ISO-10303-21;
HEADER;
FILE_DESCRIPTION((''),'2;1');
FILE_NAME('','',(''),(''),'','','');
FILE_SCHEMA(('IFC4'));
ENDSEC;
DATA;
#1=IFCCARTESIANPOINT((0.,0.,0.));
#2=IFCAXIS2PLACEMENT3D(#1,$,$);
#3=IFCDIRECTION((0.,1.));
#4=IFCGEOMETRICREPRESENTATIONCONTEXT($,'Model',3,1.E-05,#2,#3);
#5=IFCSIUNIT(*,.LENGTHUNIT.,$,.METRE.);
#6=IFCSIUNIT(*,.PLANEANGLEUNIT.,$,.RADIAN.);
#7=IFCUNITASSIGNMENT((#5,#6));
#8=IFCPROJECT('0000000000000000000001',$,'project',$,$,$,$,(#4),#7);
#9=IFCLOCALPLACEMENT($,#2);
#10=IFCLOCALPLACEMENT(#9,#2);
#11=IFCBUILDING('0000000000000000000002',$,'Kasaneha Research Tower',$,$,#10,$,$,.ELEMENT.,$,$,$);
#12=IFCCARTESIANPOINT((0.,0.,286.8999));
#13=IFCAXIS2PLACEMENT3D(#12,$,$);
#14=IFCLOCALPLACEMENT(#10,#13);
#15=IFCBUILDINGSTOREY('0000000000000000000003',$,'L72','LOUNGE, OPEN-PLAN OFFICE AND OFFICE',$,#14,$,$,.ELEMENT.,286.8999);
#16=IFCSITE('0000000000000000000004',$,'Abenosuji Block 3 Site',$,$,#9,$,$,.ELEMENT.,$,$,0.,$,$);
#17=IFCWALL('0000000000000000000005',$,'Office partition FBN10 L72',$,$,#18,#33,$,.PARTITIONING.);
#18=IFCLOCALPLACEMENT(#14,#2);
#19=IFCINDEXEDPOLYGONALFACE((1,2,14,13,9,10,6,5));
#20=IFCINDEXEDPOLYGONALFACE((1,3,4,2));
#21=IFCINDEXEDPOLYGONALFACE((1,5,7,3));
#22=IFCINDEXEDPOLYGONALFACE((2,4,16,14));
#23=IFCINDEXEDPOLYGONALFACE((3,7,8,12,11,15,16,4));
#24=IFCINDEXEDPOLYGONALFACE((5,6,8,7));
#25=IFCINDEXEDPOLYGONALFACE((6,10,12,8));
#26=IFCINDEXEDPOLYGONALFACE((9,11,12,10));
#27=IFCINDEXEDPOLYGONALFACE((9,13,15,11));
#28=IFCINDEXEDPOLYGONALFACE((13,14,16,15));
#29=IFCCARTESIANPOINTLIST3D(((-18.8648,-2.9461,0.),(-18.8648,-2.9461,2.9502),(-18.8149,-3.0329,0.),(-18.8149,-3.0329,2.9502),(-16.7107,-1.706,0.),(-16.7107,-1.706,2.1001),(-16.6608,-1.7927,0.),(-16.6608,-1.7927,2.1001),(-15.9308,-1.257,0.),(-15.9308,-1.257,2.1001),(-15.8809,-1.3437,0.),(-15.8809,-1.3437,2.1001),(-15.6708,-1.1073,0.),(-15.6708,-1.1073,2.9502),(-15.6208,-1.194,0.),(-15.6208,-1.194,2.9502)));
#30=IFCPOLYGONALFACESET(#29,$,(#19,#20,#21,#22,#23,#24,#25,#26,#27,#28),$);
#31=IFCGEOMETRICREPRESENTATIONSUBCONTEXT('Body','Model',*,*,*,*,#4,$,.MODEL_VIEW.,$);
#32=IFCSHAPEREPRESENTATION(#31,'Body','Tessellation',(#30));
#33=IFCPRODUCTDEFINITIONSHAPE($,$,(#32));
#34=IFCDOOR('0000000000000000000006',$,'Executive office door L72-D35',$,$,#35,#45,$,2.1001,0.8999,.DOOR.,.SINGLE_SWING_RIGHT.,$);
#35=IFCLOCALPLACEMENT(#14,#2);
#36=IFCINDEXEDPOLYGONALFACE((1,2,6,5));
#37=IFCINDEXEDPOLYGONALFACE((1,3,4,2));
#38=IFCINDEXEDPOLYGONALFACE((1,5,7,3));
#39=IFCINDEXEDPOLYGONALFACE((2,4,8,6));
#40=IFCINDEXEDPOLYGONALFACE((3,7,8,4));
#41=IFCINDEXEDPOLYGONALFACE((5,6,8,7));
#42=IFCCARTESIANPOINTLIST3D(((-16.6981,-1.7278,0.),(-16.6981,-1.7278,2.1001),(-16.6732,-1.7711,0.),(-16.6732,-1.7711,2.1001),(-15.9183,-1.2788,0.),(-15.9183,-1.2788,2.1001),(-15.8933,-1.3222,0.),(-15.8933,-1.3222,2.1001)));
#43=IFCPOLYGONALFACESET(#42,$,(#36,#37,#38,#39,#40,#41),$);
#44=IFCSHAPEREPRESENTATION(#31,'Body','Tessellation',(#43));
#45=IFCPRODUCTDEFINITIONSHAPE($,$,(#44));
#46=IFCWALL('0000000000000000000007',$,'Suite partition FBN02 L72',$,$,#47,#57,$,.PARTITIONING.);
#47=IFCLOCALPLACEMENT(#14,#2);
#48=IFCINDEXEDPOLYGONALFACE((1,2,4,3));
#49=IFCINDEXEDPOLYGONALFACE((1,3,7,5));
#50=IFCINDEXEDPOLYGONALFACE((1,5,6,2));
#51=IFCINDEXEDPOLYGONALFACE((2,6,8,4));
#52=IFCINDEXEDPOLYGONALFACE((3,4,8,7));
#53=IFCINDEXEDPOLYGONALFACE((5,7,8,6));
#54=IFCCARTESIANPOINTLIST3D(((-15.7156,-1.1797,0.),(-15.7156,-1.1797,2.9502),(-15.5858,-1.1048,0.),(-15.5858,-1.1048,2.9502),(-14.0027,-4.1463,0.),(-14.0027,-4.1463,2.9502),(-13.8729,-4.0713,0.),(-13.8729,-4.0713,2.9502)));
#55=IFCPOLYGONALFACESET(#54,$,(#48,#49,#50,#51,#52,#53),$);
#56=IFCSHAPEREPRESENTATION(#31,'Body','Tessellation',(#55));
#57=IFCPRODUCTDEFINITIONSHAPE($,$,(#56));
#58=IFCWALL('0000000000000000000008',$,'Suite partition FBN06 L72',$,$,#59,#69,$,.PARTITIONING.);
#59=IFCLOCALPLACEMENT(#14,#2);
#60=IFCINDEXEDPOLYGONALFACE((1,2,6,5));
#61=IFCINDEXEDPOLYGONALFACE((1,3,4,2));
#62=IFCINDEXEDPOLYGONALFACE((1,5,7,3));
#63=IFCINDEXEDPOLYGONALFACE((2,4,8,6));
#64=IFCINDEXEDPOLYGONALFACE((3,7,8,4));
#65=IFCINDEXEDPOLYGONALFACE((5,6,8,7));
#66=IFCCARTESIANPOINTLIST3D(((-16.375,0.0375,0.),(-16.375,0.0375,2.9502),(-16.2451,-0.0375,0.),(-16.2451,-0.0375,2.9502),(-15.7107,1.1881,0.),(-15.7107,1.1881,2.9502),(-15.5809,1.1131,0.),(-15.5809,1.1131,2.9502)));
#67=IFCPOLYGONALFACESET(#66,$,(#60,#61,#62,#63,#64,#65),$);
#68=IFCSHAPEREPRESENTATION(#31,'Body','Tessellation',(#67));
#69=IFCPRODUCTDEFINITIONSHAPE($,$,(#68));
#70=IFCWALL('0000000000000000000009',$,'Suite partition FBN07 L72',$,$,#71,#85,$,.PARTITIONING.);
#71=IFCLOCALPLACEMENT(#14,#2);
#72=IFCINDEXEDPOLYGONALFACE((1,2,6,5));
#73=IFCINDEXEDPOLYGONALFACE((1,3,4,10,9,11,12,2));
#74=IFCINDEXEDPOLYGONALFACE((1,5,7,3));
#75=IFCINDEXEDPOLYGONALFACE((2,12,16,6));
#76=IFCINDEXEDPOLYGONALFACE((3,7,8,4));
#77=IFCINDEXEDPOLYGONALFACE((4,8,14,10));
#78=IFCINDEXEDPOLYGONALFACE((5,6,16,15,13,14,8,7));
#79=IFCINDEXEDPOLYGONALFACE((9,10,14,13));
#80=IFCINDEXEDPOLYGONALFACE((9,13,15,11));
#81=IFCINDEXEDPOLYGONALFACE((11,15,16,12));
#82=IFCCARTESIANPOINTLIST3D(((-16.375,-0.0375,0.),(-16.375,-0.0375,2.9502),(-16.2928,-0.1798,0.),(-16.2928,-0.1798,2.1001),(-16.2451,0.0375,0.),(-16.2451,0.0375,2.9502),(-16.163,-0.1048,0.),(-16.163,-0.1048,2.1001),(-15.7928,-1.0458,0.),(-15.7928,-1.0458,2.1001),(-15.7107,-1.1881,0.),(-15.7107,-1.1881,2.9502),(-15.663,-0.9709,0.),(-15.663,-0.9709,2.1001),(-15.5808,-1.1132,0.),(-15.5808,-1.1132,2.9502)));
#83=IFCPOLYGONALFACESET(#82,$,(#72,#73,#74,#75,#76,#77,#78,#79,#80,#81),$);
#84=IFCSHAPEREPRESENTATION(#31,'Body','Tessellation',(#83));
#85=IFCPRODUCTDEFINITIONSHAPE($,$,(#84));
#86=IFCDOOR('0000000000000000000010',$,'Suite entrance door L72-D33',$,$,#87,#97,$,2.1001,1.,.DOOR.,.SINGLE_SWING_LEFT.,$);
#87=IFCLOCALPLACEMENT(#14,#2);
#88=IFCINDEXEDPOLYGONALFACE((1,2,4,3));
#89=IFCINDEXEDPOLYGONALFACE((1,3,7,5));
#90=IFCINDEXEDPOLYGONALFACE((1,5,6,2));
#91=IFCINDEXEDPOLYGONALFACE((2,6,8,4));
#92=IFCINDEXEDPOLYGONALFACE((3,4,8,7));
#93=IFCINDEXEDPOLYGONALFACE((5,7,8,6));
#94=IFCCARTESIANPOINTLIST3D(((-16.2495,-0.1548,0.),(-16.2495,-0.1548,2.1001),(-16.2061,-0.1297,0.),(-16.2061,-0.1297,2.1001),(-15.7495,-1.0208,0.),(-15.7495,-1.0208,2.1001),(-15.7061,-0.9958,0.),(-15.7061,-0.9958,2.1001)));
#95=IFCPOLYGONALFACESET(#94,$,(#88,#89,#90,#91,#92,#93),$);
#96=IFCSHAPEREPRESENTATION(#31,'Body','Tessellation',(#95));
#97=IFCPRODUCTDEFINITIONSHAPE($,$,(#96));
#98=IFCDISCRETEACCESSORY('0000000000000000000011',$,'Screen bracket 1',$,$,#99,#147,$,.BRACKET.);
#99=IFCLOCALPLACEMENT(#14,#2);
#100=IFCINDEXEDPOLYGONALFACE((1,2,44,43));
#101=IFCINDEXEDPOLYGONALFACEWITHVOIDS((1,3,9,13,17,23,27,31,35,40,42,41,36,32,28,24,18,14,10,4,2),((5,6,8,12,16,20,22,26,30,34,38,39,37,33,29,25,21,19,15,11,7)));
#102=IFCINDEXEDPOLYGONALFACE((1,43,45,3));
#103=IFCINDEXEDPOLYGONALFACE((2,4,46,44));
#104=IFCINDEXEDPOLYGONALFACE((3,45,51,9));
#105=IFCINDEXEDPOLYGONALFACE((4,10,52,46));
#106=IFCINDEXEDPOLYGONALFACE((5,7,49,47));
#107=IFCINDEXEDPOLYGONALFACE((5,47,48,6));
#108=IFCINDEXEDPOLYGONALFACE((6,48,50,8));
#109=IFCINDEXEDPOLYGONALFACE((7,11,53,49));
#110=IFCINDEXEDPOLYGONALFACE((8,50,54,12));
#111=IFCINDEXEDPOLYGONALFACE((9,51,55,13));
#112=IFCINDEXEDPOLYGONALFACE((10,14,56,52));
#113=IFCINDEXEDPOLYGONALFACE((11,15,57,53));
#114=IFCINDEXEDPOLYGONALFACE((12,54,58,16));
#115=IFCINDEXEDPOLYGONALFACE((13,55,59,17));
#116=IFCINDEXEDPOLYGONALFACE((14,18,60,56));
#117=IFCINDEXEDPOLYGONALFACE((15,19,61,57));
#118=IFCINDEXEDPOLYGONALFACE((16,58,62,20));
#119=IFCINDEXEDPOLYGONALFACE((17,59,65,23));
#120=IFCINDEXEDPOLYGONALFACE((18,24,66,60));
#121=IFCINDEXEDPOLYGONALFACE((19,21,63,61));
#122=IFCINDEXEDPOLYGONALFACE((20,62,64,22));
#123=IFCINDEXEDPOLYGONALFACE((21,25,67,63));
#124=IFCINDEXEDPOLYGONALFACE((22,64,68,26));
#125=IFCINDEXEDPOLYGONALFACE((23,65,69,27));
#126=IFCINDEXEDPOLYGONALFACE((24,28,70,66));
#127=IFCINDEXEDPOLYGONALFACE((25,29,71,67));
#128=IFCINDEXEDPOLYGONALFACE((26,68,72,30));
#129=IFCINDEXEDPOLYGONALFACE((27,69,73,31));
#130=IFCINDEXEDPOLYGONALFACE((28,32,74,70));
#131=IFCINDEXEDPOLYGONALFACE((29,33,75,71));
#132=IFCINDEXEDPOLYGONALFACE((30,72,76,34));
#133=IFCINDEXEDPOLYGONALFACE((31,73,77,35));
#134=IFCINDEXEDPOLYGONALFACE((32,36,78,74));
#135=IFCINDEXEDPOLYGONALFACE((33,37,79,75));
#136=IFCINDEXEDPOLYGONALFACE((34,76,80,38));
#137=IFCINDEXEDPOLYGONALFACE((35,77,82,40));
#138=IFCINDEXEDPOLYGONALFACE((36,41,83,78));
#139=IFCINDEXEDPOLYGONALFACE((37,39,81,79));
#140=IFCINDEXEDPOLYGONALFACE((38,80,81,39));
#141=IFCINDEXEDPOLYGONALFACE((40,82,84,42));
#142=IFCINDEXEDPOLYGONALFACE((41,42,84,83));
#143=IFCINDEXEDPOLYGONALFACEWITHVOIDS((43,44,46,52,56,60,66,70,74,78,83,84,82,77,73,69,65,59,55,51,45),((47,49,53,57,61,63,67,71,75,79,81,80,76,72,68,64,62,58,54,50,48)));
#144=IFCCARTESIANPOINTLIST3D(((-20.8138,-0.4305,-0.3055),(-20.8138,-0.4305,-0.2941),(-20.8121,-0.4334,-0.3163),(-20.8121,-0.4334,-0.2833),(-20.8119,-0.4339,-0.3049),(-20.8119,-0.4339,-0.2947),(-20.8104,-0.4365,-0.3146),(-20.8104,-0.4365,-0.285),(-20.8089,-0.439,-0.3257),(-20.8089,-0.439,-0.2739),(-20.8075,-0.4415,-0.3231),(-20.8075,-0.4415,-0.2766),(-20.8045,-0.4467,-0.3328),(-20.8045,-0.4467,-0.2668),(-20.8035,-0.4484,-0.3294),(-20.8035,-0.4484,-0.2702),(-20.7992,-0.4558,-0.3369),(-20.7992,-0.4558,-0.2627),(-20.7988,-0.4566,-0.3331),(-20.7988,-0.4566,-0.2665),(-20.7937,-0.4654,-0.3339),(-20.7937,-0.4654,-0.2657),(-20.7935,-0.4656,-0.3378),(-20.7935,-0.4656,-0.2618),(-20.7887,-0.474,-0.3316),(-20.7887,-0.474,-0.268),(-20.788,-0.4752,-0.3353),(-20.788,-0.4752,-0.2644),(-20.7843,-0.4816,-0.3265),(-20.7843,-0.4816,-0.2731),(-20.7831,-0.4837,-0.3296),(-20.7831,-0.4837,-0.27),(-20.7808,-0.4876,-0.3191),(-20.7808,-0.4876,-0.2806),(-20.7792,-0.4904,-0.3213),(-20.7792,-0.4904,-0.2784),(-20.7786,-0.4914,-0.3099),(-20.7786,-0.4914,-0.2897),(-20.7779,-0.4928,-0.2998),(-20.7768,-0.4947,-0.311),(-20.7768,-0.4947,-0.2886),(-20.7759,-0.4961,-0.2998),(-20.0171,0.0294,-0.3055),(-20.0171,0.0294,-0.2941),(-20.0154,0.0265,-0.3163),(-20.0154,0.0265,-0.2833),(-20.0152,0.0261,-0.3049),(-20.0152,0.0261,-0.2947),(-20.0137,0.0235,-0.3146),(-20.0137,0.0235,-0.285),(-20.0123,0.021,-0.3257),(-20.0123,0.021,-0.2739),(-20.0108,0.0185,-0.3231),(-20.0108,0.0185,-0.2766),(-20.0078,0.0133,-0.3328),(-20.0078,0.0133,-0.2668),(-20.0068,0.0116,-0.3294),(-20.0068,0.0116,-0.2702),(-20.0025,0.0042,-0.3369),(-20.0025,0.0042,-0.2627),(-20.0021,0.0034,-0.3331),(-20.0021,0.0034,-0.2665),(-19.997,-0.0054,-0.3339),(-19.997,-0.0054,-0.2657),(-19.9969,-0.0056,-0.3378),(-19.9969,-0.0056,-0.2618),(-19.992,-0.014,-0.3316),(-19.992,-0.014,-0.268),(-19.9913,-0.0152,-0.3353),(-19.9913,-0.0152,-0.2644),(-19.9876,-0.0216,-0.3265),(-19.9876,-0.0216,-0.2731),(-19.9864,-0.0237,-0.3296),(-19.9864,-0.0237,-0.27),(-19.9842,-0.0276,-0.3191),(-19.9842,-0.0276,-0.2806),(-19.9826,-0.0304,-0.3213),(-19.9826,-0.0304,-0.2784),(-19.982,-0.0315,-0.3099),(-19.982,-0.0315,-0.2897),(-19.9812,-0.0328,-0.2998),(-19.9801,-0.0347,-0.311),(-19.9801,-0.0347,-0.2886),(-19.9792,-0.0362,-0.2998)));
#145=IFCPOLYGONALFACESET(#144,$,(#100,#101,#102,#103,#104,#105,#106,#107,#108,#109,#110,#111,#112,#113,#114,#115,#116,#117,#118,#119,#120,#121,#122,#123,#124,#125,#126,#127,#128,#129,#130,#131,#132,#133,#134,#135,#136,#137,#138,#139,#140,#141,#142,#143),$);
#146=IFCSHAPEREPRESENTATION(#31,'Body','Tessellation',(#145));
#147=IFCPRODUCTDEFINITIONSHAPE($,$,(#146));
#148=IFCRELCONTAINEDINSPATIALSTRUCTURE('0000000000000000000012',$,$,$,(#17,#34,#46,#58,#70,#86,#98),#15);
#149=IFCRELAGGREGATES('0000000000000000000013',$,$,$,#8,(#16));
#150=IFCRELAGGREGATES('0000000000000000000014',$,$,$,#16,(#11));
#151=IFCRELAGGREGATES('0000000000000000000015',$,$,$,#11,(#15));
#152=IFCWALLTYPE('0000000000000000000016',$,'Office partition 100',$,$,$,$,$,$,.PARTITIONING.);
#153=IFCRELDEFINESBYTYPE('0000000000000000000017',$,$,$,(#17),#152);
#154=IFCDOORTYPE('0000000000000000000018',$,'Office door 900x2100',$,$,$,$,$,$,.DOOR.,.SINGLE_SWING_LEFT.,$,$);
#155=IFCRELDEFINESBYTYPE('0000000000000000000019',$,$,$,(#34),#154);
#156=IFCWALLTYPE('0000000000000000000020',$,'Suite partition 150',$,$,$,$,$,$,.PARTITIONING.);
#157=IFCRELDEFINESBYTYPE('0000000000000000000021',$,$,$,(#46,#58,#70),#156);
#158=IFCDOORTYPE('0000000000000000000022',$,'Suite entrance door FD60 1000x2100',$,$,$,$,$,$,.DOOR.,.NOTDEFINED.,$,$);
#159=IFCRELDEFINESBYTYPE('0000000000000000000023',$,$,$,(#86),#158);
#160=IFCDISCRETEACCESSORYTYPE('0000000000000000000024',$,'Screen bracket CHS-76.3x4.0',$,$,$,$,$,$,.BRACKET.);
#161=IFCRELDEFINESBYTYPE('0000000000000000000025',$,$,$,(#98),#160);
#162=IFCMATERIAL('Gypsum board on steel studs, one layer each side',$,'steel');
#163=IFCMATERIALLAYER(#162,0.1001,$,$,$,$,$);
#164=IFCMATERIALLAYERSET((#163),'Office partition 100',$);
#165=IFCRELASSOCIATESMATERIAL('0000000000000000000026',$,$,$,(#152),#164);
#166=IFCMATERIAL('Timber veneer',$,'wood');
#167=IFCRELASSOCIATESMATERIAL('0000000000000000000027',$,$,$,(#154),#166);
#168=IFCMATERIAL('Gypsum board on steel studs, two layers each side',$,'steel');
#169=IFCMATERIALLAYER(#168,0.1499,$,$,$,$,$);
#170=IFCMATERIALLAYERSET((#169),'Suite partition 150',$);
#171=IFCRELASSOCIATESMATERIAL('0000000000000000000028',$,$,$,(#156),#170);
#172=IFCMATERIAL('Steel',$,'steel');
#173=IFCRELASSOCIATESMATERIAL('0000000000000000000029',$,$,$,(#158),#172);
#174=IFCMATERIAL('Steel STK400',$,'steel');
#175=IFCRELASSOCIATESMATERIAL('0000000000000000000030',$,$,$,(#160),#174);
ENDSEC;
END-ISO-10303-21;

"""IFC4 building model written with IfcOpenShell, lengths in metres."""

from ifc_helpers import new_model, si_unit, direction, frame, frame_2d, origin, origin_2d, place, context, subcontext, project, spatial, rectangle, hollow_circle, extrude, material, layer, layer_set, material_profile, profile_set, type_object, element, fill, save


model = new_model("IFC4")

# Units and contexts
model_context = context("Model", 3, precision=1e-05, world=origin(), true_north=direction((0.0, 1.0)))
body_context = subcontext(model_context, "Body", "Model", "MODEL_VIEW")
ifc_project = project(units=[si_unit("LENGTHUNIT", "METRE"), si_unit("PLANEANGLEUNIT", "RADIAN")], contexts=[model_context])

# Site, building, storey
site_placement = place(None, origin())
site = spatial("IfcSite", under=ifc_project, at=site_placement, Name="Abenosuji Block 3 Site", CompositionType="ELEMENT", RefElevation=0.0)
building_placement = place(site_placement, origin())
building = spatial("IfcBuilding", under=site, at=building_placement, Name="Kasaneha Research Tower", CompositionType="ELEMENT")
storey_placement = place(building_placement, frame((0.0, 0.0, 286.8999)))
storey = spatial("IfcBuildingStorey", under=building, at=storey_placement, Name="L72", Description="LOUNGE, OPEN-PLAN OFFICE AND OFFICE", CompositionType="ELEMENT", Elevation=286.8999)

# Shared definitions
ifc_material_1 = material(Name="Gypsum board on steel studs, one layer each side", Category="steel")
ifc_layer_1 = layer(ifc_material_1, 0.1001)
ifc_layer_set_1 = layer_set([ifc_layer_1], Name="Office partition 100")
wall_type_1 = type_object("IfcWallType", Name="Office partition 100", PredefinedType="PARTITIONING", material=ifc_layer_set_1)

# Wall, opening, door
wall_1_placement = place(storey_placement, frame((-18.8398, -2.9895, 0.0), z_axis=(0.0, 0.0, 1.0), x_axis=(0.866641, 0.498933, 0.0)))
wall_1 = element("IfcWall", 1, at=wall_1_placement, inside=storey, type_object=wall_type_1, Name="Office partition FBN10 L72", PredefinedType="PARTITIONING", context=body_context, shape_type="SweptSolid", body=[
    extrude(rectangle(XDim=3.6855, YDim=0.1001, at=frame_2d((1.8428, 0.0))), origin(), (0.0, 0.0, 1.0), 2.9502),
])
opening_1_placement = place(wall_1_placement, frame((2.4856, 0.0, 0.0)))
opening_1 = element("IfcOpeningElement", 2, at=opening_1_placement, cuts=wall_1, PredefinedType="OPENING", context=body_context, shape_type="SweptSolid", body=[
    extrude(rectangle(XDim=0.8999, YDim=2.1001, at=frame_2d((0.45, 1.05))), frame((0.0, 0.0601, 0.0), z_axis=(0.0, -1.0, 0.0), x_axis=(1.0, 0.0, 0.0)), (0.0, 0.0, 1.0), 0.1201),
])
ifc_material_2 = material(Name="Timber veneer", Category="wood")
door_type_1 = type_object("IfcDoorType", Name="Office door 900x2100", OperationType="SINGLE_SWING_LEFT", PredefinedType="DOOR", material=ifc_material_2)
door_1_placement = place(opening_1_placement, origin())
door_1 = element("IfcDoor", 3, at=door_1_placement, inside=storey, type_object=door_type_1, Name="Executive office door L72-D35", OperationType="SINGLE_SWING_RIGHT", OverallHeight=2.1001, OverallWidth=0.8999, PredefinedType="DOOR", context=body_context, shape_type="SweptSolid", body=[
    extrude(rectangle(XDim=0.8999, YDim=2.1001, at=frame_2d((0.45, 1.05))), frame((0.0, 0.0249, 0.0), z_axis=(0.0, -1.0, 0.0), x_axis=(1.0, 0.0, 0.0)), (0.0, 0.0, 1.0), 0.05),
])
fill(opening_1, door_1)

# Walls
ifc_material_3 = material(Name="Gypsum board on steel studs, two layers each side", Category="steel")
ifc_layer_2 = layer(ifc_material_3, 0.1499)
ifc_layer_set_2 = layer_set([ifc_layer_2], Name="Suite partition 150")
wall_type_2 = type_object("IfcWallType", Name="Suite partition 150", PredefinedType="PARTITIONING", material=ifc_layer_set_2)
wall_2_placement = place(storey_placement, frame((-13.9377, -4.1089, 0.0), z_axis=(0.0, 0.0, 1.0), x_axis=(-0.500033, 0.866006, 0.0)))
element("IfcWall", 4, at=wall_2_placement, inside=storey, type_object=wall_type_2, Name="Suite partition FBN02 L72", PredefinedType="PARTITIONING", context=body_context, shape_type="SweptSolid", body=[
    extrude(rectangle(XDim=3.4255, YDim=0.1499, at=frame_2d((1.7129, 0.0))), origin(), (0.0, 0.0, 1.0), 2.9502),
])
wall_3_placement = place(storey_placement, frame((-16.3101, 0.0, 0.0), z_axis=(0.0, 0.0, 1.0), x_axis=(0.499993, 0.86603, 0.0)))
element("IfcWall", 5, at=wall_3_placement, inside=storey, type_object=wall_type_2, Name="Suite partition FBN06 L72", PredefinedType="PARTITIONING", context=body_context, shape_type="SweptSolid", body=[
    extrude(rectangle(XDim=1.3286, YDim=0.1499, at=frame_2d((0.6643, 0.0))), origin(), (0.0, 0.0, 1.0), 2.9502),
])

# Wall, opening, door
wall_4_placement = place(storey_placement, frame((-15.6458, -1.1506, 0.0), z_axis=(0.0, 0.0, 1.0), x_axis=(-0.499993, 0.86603, 0.0)))
wall_4 = element("IfcWall", 6, at=wall_4_placement, inside=storey, type_object=wall_type_2, Name="Suite partition FBN07 L72", PredefinedType="PARTITIONING", context=body_context, shape_type="SweptSolid", body=[
    extrude(rectangle(XDim=1.3286, YDim=0.1499, at=frame_2d((0.6643, 0.0))), origin(), (0.0, 0.0, 1.0), 2.9502),
])
opening_2_placement = place(wall_4_placement, frame((0.1643, 0.0, 0.0)))
opening_2 = element("IfcOpeningElement", 7, at=opening_2_placement, cuts=wall_4, PredefinedType="OPENING", context=body_context, shape_type="SweptSolid", body=[
    extrude(rectangle(XDim=1.0, YDim=2.1001, at=frame_2d((0.5, 1.05))), frame((0.0, 0.085, 0.0), z_axis=(0.0, -1.0, 0.0), x_axis=(1.0, 0.0, 0.0)), (0.0, 0.0, 1.0), 0.1699),
])
ifc_material_4 = material(Name="Steel", Category="steel")
door_type_2 = type_object("IfcDoorType", Name="Suite entrance door FD60 1000x2100", OperationType="NOTDEFINED", PredefinedType="DOOR", material=ifc_material_4)
door_2_placement = place(opening_2_placement, origin())
door_2 = element("IfcDoor", 8, at=door_2_placement, inside=storey, type_object=door_type_2, Name="Suite entrance door L72-D33", OperationType="SINGLE_SWING_LEFT", OverallHeight=2.1001, OverallWidth=1.0, PredefinedType="DOOR", context=body_context, shape_type="SweptSolid", body=[
    extrude(rectangle(XDim=1.0, YDim=2.1001, at=frame_2d((0.5, 1.05))), frame((0.0, 0.0249, 0.0), z_axis=(0.0, -1.0, 0.0), x_axis=(1.0, 0.0, 0.0)), (0.0, 0.0, 1.0), 0.05),
])
fill(opening_2, door_2)

# Discrete accessory
ifc_material_5 = material(Name="Steel STK400", Category="steel")
ifc_material_profile_1 = material_profile(ifc_material_5, hollow_circle(Radius=0.0381, WallThickness=0.0039, at=origin_2d()), Name="CHS-76.3x4.0")
ifc_profile_set_1 = profile_set([ifc_material_profile_1], Name="Steel STK400")
discrete_accessory_type = type_object("IfcDiscreteAccessoryType", Name="Screen bracket CHS-76.3x4.0", PredefinedType="BRACKET", material=ifc_profile_set_1)
discrete_accessory_placement = place(storey_placement, frame((-19.9983, -0.0032, -0.2998), z_axis=(-0.866013, -0.500021, 0.0), x_axis=(0.500021, -0.866013, 0.0)))
element("IfcDiscreteAccessory", 9, at=discrete_accessory_placement, inside=storey, type_object=discrete_accessory_type, Name="Screen bracket 1", PredefinedType="BRACKET", context=body_context, shape_type="SweptSolid", body=[
    extrude(hollow_circle(Radius=0.0381, WallThickness=0.0039, at=origin_2d()), origin(), (0.0, 0.0, 1.0), 0.9199),
])

save(model, "model.ifc")
